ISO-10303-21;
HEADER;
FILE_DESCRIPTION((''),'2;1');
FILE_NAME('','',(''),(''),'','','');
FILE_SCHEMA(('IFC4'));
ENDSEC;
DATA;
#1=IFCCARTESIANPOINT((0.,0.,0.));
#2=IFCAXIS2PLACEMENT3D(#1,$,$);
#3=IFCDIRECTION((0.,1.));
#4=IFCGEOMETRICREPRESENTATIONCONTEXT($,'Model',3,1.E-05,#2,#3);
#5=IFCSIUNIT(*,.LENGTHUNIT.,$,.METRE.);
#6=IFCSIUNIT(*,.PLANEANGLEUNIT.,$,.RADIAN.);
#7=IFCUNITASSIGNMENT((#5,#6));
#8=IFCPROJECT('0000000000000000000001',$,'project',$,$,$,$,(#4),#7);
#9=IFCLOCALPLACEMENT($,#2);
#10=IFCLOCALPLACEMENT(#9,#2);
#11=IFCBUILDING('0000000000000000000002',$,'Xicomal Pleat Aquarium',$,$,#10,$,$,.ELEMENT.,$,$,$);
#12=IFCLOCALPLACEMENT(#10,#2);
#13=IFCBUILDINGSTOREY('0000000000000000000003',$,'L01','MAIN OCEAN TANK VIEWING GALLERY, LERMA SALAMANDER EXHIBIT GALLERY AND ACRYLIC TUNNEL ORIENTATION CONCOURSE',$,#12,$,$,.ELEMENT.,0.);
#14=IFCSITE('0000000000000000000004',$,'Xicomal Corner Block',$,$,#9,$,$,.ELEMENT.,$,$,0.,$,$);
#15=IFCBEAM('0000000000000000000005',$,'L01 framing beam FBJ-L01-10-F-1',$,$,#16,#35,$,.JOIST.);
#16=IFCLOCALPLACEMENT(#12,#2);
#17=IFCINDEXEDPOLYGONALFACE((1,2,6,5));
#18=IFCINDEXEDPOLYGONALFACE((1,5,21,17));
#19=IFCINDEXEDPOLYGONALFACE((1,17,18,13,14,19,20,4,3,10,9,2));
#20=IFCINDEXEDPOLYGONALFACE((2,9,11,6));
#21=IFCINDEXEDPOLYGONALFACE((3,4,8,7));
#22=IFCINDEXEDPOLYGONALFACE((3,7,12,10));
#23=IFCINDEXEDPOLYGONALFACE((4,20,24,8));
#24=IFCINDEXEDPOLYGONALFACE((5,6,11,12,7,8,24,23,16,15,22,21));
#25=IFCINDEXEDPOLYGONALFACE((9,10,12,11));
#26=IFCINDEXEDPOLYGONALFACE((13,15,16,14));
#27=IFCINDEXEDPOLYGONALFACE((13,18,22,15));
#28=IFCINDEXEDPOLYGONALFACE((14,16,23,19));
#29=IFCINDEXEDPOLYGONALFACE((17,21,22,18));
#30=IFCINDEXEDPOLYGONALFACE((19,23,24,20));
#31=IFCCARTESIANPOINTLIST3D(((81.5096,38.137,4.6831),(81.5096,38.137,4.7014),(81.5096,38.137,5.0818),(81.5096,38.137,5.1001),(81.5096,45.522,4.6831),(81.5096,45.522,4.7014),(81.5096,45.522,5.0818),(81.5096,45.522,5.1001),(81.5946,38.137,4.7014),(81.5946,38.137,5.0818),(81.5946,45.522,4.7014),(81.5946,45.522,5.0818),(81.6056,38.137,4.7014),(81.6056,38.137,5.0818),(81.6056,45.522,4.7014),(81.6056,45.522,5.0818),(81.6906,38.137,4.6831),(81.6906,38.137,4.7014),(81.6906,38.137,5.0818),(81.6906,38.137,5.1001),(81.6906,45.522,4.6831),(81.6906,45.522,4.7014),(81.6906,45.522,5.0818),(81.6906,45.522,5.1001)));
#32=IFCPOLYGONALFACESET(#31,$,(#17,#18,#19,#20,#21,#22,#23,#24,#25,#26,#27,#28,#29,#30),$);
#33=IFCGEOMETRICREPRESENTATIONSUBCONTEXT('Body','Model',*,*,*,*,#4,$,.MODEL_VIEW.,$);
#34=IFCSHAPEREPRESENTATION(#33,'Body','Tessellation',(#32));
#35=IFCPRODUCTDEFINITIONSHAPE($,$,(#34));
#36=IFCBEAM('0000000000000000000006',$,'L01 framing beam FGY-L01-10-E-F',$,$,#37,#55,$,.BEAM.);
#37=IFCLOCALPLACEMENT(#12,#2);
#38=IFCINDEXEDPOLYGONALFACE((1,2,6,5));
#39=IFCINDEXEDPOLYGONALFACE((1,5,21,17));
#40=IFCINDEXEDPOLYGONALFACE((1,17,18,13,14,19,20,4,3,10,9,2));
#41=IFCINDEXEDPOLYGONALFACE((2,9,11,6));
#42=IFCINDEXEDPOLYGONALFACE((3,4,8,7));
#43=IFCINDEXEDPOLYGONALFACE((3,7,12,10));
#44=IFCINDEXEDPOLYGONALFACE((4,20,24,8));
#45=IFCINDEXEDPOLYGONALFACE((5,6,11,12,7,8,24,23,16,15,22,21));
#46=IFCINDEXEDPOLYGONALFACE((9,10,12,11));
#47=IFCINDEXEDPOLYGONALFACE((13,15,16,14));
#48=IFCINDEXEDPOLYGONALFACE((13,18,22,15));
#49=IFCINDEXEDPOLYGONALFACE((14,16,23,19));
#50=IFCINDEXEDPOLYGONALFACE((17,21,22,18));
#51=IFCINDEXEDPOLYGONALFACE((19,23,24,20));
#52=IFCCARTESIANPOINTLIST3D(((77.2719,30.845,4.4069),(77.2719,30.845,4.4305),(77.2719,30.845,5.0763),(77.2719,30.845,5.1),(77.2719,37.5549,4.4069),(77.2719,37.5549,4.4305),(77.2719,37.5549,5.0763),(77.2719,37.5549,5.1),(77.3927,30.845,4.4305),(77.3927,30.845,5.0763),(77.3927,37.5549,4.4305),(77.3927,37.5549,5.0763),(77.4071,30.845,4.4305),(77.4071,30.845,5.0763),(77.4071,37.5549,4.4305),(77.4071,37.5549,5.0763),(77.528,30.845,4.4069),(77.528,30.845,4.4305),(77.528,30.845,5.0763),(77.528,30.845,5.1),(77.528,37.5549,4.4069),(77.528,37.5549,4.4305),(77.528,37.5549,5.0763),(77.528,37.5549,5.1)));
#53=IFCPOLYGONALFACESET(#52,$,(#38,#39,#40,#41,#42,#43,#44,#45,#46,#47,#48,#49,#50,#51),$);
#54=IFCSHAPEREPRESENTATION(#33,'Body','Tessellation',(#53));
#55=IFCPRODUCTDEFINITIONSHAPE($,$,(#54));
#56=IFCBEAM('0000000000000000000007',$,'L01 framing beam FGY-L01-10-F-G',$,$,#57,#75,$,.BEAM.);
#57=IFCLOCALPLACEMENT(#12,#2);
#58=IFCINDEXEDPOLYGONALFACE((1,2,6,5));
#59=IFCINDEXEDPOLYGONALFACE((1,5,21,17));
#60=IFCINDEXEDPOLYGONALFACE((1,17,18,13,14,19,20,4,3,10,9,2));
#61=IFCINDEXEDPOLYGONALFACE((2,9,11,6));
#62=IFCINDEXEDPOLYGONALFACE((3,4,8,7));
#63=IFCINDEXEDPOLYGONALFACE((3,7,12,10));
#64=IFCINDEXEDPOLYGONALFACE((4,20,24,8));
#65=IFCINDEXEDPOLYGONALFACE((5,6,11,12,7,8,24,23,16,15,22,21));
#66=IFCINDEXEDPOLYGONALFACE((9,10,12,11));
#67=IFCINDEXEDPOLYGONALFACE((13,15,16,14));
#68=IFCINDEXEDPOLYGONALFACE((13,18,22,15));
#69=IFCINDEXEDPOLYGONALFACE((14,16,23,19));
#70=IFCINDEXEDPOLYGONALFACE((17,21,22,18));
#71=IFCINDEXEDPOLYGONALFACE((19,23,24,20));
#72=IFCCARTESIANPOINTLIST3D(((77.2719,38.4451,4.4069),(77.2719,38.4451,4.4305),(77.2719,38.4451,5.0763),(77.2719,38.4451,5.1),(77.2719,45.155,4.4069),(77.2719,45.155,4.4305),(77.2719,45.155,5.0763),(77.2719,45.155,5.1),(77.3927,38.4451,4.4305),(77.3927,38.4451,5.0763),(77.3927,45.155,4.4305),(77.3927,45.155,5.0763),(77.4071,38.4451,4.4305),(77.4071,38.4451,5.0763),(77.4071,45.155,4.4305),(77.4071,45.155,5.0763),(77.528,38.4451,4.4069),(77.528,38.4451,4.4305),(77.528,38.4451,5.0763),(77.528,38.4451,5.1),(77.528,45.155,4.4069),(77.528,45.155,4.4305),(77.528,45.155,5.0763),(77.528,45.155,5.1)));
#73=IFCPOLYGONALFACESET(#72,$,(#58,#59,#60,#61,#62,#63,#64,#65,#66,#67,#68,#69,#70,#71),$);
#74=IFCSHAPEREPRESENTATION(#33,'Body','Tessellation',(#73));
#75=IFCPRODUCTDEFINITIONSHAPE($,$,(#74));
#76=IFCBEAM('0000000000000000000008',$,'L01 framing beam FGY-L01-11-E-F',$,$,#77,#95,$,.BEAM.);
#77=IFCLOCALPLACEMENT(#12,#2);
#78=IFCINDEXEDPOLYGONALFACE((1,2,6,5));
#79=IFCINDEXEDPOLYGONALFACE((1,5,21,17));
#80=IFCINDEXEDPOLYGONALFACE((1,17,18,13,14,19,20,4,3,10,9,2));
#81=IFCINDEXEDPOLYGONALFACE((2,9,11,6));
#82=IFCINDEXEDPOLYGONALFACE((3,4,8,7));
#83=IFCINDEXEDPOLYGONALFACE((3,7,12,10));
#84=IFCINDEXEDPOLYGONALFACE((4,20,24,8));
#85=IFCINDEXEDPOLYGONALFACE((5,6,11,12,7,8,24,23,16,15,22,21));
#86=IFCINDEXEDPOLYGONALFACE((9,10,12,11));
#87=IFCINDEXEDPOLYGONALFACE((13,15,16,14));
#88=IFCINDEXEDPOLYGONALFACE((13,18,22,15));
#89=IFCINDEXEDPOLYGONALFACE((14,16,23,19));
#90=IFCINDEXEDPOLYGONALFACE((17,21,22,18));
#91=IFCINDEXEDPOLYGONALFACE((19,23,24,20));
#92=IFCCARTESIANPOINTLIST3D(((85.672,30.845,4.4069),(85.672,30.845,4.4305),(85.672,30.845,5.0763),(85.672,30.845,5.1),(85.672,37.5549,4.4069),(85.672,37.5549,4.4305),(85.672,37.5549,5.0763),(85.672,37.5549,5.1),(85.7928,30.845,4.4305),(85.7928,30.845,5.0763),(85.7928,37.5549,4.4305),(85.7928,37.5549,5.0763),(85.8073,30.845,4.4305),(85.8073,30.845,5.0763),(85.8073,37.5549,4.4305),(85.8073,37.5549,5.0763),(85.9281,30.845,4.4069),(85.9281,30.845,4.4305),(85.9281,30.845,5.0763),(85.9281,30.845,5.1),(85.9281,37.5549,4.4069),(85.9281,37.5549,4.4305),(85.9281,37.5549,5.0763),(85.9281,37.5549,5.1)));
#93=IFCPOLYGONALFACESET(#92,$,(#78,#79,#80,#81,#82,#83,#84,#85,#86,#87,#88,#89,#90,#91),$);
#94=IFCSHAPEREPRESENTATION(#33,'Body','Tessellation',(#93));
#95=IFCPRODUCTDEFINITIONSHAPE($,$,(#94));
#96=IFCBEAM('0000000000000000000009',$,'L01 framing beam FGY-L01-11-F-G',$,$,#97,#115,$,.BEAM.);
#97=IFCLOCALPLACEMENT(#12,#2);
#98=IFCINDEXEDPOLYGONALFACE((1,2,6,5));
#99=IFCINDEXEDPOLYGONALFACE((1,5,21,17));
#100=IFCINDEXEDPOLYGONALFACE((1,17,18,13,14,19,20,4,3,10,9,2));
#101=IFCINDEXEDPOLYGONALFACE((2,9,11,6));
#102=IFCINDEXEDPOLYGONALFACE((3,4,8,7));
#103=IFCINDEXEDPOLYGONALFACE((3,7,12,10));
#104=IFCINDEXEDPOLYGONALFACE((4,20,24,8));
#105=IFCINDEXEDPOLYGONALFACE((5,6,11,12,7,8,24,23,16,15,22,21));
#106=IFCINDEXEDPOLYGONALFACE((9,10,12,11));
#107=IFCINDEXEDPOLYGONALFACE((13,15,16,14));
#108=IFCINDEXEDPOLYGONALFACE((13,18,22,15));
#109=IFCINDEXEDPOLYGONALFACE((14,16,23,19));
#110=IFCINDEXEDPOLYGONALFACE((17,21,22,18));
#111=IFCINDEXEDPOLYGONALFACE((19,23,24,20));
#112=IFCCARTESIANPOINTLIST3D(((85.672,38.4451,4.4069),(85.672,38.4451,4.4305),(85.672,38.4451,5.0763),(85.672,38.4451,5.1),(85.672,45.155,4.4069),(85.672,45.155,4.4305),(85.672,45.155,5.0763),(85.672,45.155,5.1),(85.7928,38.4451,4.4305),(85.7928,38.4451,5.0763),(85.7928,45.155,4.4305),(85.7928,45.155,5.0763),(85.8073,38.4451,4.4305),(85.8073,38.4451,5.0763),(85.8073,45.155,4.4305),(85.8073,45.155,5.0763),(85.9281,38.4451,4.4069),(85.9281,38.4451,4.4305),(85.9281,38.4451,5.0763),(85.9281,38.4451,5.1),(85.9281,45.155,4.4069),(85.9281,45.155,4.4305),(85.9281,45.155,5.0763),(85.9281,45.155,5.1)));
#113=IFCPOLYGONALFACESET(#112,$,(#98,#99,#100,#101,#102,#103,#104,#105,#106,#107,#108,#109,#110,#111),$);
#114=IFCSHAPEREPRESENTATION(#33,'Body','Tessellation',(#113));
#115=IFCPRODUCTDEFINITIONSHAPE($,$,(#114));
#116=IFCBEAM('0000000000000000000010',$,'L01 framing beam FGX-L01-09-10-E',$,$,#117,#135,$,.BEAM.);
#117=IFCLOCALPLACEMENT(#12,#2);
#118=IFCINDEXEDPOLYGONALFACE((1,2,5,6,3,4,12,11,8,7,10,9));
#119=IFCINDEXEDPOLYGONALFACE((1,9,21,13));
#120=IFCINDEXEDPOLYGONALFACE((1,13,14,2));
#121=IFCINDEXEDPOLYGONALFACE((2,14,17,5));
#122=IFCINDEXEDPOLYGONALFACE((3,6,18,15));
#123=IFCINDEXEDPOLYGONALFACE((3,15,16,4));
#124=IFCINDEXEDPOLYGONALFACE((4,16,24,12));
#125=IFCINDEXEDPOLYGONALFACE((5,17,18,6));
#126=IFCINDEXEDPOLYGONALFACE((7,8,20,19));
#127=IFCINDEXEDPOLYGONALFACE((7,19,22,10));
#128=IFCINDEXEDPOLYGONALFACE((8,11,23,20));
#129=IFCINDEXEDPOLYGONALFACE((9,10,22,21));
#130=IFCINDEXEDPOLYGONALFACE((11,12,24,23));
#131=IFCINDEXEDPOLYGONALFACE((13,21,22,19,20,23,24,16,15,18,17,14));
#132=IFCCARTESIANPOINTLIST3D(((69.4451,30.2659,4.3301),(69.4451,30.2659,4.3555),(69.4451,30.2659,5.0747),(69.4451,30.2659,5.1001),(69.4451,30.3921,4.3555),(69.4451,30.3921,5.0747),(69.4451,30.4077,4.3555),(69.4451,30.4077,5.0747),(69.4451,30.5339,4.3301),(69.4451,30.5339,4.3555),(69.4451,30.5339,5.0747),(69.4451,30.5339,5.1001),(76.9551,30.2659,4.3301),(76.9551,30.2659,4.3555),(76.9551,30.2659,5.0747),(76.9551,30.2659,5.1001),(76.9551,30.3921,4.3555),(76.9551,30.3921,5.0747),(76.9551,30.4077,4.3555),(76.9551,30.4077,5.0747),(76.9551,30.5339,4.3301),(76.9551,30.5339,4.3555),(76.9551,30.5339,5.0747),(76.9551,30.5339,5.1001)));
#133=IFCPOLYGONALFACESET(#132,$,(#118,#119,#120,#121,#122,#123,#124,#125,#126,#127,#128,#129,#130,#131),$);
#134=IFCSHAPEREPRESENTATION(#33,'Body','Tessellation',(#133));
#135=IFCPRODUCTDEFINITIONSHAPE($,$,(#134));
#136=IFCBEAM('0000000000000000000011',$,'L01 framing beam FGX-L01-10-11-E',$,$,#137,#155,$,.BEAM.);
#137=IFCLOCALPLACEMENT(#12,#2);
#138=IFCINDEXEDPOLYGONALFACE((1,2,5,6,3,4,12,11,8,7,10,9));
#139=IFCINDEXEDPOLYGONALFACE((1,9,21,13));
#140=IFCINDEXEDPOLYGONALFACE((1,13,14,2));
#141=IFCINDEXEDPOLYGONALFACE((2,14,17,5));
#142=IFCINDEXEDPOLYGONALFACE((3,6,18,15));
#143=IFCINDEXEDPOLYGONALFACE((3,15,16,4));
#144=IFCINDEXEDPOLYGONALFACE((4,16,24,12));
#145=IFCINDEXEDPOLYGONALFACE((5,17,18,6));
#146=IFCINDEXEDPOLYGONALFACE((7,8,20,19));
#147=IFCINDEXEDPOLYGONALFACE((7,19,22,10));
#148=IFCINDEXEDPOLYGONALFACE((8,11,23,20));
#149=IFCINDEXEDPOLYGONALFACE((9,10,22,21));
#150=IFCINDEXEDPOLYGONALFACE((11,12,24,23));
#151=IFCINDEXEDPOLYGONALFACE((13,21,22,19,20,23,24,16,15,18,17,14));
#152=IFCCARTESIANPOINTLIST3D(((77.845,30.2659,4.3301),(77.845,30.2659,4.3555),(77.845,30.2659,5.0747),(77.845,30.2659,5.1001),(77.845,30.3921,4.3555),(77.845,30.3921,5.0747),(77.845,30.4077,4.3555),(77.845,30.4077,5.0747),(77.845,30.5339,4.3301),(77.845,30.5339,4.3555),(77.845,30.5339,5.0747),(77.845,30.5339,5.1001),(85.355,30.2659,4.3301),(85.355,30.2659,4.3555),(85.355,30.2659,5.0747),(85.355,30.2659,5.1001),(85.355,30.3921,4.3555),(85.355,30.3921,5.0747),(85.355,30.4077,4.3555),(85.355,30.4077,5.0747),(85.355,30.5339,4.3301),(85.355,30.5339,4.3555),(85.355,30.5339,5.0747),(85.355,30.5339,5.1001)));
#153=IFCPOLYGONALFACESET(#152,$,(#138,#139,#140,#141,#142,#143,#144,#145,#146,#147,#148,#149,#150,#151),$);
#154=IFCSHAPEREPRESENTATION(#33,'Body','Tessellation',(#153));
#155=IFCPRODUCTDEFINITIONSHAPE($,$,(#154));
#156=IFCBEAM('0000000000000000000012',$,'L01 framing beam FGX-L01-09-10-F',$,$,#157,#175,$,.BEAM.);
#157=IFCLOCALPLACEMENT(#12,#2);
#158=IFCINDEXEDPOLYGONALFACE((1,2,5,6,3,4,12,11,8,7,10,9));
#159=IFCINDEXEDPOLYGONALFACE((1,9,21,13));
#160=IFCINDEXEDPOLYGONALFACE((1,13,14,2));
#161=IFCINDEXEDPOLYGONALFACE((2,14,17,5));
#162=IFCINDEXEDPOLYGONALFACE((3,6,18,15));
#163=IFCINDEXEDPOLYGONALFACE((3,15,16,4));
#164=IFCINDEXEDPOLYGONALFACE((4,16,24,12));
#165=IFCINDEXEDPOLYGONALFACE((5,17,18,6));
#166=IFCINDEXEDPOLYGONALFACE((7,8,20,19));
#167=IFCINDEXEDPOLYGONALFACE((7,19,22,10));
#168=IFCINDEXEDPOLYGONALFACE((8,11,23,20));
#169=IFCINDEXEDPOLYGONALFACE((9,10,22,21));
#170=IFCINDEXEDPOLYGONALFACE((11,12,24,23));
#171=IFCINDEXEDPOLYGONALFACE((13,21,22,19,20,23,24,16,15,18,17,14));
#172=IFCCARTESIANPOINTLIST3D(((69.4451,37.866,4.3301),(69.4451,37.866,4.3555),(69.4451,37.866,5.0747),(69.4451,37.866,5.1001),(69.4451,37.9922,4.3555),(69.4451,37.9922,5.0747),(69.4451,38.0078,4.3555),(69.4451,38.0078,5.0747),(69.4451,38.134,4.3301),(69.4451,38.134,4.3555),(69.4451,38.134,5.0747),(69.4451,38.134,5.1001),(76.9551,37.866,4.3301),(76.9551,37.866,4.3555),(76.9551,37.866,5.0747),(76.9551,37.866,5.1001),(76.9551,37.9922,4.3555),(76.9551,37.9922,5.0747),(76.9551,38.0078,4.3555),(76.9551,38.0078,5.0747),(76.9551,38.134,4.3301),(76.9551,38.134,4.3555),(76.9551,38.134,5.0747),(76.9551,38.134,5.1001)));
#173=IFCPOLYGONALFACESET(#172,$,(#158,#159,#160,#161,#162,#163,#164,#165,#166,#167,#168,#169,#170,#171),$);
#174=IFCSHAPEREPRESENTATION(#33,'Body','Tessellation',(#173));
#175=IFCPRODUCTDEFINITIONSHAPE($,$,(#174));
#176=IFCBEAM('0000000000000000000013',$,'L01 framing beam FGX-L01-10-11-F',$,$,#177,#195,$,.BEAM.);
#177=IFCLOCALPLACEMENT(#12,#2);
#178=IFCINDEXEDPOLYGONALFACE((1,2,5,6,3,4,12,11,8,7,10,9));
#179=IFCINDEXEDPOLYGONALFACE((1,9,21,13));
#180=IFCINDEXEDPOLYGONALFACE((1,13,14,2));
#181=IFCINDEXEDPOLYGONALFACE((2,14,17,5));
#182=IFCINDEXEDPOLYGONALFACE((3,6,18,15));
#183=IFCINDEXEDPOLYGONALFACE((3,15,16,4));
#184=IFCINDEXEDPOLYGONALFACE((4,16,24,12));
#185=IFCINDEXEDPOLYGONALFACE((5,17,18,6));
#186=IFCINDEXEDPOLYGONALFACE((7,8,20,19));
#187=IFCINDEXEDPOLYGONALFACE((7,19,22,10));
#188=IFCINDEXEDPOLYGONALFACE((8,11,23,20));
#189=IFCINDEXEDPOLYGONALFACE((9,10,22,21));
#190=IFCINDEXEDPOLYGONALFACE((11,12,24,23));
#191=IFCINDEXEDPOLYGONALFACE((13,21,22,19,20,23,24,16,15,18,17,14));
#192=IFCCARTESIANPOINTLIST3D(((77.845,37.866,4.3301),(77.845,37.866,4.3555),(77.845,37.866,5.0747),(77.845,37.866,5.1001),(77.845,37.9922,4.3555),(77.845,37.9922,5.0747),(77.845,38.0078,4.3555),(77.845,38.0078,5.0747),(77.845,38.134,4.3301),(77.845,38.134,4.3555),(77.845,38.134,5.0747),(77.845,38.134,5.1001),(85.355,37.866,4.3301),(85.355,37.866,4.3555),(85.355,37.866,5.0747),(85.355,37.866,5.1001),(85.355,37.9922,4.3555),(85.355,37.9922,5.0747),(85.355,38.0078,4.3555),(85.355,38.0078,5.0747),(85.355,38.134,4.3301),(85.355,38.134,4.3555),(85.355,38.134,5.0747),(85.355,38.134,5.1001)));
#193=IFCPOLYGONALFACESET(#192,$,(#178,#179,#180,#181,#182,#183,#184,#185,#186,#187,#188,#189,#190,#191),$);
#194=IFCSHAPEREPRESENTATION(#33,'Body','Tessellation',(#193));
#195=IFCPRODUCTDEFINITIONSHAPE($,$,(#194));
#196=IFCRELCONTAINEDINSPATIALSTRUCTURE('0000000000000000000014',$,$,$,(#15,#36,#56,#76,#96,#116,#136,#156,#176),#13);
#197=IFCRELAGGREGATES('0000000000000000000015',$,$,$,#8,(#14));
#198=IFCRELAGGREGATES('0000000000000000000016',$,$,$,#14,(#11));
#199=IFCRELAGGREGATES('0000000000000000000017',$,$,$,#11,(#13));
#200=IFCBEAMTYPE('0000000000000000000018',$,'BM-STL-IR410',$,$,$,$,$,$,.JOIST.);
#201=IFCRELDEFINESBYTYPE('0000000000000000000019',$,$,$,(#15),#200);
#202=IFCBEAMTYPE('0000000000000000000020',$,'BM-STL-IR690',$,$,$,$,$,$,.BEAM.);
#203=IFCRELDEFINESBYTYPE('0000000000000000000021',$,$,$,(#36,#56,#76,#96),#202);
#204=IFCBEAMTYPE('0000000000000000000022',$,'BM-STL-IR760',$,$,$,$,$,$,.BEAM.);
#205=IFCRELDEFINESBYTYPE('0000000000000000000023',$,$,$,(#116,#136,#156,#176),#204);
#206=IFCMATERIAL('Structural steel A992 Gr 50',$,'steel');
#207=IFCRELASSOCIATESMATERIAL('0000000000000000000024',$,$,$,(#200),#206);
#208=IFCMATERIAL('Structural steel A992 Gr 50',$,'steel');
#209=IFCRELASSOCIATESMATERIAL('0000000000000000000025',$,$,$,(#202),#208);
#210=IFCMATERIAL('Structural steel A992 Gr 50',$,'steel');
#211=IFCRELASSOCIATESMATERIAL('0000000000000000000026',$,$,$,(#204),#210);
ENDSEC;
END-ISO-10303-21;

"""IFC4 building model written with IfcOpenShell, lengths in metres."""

from ifc_helpers import new_model, si_unit, direction, frame, origin, origin_2d, place, context, subcontext, project, spatial, i_section, extrude, material, material_profile, profile_set, type_object, element, save


model = new_model("IFC4")

# Units and contexts
model_context = context("Model", 3, precision=1e-05, world=origin(), true_north=direction((0.0, 1.0)))
body_context = subcontext(model_context, "Body", "Model", "MODEL_VIEW")
ifc_project = project(units=[si_unit("LENGTHUNIT", "METRE"), si_unit("PLANEANGLEUNIT", "RADIAN")], contexts=[model_context])

# Site, building, storey
site_placement = place(None, origin())
site = spatial("IfcSite", under=ifc_project, at=site_placement, Name="Xicomal Corner Block", CompositionType="ELEMENT", RefElevation=0.0)
building_placement = place(site_placement, origin())
building = spatial("IfcBuilding", under=site, at=building_placement, Name="Xicomal Pleat Aquarium", CompositionType="ELEMENT")
storey_placement = place(building_placement, origin())
storey = spatial("IfcBuildingStorey", under=building, at=storey_placement, Name="L01", Description="MAIN OCEAN TANK VIEWING GALLERY, LERMA SALAMANDER EXHIBIT GALLERY AND ACRYLIC TUNNEL ORIENTATION CONCOURSE", CompositionType="ELEMENT", Elevation=0.0)

# Beams
ifc_material_1 = material(Name="Structural steel A992 Gr 50", Category="steel")
ifc_material_profile_1 = material_profile(ifc_material_1, i_section(OverallWidth=0.1809, OverallDepth=0.417, WebThickness=0.011, FlangeThickness=0.0183, at=origin_2d()), Name="IR 410x85")
ifc_profile_set_1 = profile_set([ifc_material_profile_1], Name="Structural steel A992 Gr 50")
beam_type_1 = type_object("IfcBeamType", Name="BM-STL-IR410", PredefinedType="JOIST", material=ifc_profile_set_1)
beam_1_placement = place(storey_placement, frame((81.6001, 38.137, 4.8916), z_axis=(0.0, 1.0, 0.0), x_axis=(-1.0, 0.0, 0.0)))
element("IfcBeam", 1, at=beam_1_placement, inside=storey, type_object=beam_type_1, Name="L01 framing beam FBJ-L01-10-F-1", PredefinedType="JOIST", context=body_context, shape_type="SweptSolid", body=[
    extrude(i_section(OverallWidth=0.1809, OverallDepth=0.417, WebThickness=0.011, FlangeThickness=0.0183, at=origin_2d()), origin(), (0.0, 0.0, 1.0), 7.385),
])
ifc_material_2 = material(Name="Structural steel A992 Gr 50", Category="steel")
ifc_material_profile_2 = material_profile(ifc_material_2, i_section(OverallWidth=0.2561, OverallDepth=0.6931, WebThickness=0.0144, FlangeThickness=0.0237, at=origin_2d()), Name="IR 690x170")
ifc_profile_set_2 = profile_set([ifc_material_profile_2], Name="Structural steel A992 Gr 50")
beam_type_2 = type_object("IfcBeamType", Name="BM-STL-IR690", PredefinedType="BEAM", material=ifc_profile_set_2)
for number, where, z_axis, x_axis, name in (
    (2, (77.3999, 30.845, 4.7534), (0.0, 1.0, 0.0), (-1.0, 0.0, 0.0), "L01 framing beam FGY-L01-10-E-F"),
    (3, (77.3999, 38.4451, 4.7534), (0.0, 1.0, 0.0), (-1.0, 0.0, 0.0), "L01 framing beam FGY-L01-10-F-G"),
    (4, (85.8, 30.845, 4.7534), (0.0, 1.0, 0.0), (-1.0, 0.0, 0.0), "L01 framing beam FGY-L01-11-E-F"),
    (5, (85.8, 38.4451, 4.7534), (0.0, 1.0, 0.0), (-1.0, 0.0, 0.0), "L01 framing beam FGY-L01-11-F-G"),
):
    element("IfcBeam", number, at=place(storey_placement, frame(where, z_axis=z_axis, x_axis=x_axis)), inside=storey, type_object=beam_type_2, Name=name, PredefinedType="BEAM", context=body_context, shape_type="SweptSolid", body=[
        extrude(i_section(OverallWidth=0.2561, OverallDepth=0.6931, WebThickness=0.0144, FlangeThickness=0.0237, at=origin_2d()), origin(), (0.0, 0.0, 1.0), 6.71),
    ])
ifc_material_3 = material(Name="Structural steel A992 Gr 50", Category="steel")
ifc_material_profile_3 = material_profile(ifc_material_3, i_section(OverallWidth=0.2681, OverallDepth=0.77, WebThickness=0.0156, FlangeThickness=0.0254, at=origin_2d()), Name="IR 760x196")
ifc_profile_set_3 = profile_set([ifc_material_profile_3], Name="Structural steel A992 Gr 50")
beam_type_3 = type_object("IfcBeamType", Name="BM-STL-IR760", PredefinedType="BEAM", material=ifc_profile_set_3)
for number, where, z_axis, x_axis, name in (
    (6, (69.4451, 30.3999, 4.7151), (1.0, 0.0, 0.0), (0.0, 1.0, 0.0), "L01 framing beam FGX-L01-09-10-E"),
    (7, (77.845, 30.3999, 4.7151), (1.0, 0.0, 0.0), (0.0, 1.0, 0.0), "L01 framing beam FGX-L01-10-11-E"),
    (8, (69.4451, 38.0, 4.7151), (1.0, 0.0, 0.0), (0.0, 1.0, 0.0), "L01 framing beam FGX-L01-09-10-F"),
    (9, (77.845, 38.0, 4.7151), (1.0, 0.0, 0.0), (0.0, 1.0, 0.0), "L01 framing beam FGX-L01-10-11-F"),
):
    element("IfcBeam", number, at=place(storey_placement, frame(where, z_axis=z_axis, x_axis=x_axis)), inside=storey, type_object=beam_type_3, Name=name, PredefinedType="BEAM", context=body_context, shape_type="SweptSolid", body=[
        extrude(i_section(OverallWidth=0.2681, OverallDepth=0.77, WebThickness=0.0156, FlangeThickness=0.0254, at=origin_2d()), origin(), (0.0, 0.0, 1.0), 7.51),
    ])

save(model, "model.ifc")
